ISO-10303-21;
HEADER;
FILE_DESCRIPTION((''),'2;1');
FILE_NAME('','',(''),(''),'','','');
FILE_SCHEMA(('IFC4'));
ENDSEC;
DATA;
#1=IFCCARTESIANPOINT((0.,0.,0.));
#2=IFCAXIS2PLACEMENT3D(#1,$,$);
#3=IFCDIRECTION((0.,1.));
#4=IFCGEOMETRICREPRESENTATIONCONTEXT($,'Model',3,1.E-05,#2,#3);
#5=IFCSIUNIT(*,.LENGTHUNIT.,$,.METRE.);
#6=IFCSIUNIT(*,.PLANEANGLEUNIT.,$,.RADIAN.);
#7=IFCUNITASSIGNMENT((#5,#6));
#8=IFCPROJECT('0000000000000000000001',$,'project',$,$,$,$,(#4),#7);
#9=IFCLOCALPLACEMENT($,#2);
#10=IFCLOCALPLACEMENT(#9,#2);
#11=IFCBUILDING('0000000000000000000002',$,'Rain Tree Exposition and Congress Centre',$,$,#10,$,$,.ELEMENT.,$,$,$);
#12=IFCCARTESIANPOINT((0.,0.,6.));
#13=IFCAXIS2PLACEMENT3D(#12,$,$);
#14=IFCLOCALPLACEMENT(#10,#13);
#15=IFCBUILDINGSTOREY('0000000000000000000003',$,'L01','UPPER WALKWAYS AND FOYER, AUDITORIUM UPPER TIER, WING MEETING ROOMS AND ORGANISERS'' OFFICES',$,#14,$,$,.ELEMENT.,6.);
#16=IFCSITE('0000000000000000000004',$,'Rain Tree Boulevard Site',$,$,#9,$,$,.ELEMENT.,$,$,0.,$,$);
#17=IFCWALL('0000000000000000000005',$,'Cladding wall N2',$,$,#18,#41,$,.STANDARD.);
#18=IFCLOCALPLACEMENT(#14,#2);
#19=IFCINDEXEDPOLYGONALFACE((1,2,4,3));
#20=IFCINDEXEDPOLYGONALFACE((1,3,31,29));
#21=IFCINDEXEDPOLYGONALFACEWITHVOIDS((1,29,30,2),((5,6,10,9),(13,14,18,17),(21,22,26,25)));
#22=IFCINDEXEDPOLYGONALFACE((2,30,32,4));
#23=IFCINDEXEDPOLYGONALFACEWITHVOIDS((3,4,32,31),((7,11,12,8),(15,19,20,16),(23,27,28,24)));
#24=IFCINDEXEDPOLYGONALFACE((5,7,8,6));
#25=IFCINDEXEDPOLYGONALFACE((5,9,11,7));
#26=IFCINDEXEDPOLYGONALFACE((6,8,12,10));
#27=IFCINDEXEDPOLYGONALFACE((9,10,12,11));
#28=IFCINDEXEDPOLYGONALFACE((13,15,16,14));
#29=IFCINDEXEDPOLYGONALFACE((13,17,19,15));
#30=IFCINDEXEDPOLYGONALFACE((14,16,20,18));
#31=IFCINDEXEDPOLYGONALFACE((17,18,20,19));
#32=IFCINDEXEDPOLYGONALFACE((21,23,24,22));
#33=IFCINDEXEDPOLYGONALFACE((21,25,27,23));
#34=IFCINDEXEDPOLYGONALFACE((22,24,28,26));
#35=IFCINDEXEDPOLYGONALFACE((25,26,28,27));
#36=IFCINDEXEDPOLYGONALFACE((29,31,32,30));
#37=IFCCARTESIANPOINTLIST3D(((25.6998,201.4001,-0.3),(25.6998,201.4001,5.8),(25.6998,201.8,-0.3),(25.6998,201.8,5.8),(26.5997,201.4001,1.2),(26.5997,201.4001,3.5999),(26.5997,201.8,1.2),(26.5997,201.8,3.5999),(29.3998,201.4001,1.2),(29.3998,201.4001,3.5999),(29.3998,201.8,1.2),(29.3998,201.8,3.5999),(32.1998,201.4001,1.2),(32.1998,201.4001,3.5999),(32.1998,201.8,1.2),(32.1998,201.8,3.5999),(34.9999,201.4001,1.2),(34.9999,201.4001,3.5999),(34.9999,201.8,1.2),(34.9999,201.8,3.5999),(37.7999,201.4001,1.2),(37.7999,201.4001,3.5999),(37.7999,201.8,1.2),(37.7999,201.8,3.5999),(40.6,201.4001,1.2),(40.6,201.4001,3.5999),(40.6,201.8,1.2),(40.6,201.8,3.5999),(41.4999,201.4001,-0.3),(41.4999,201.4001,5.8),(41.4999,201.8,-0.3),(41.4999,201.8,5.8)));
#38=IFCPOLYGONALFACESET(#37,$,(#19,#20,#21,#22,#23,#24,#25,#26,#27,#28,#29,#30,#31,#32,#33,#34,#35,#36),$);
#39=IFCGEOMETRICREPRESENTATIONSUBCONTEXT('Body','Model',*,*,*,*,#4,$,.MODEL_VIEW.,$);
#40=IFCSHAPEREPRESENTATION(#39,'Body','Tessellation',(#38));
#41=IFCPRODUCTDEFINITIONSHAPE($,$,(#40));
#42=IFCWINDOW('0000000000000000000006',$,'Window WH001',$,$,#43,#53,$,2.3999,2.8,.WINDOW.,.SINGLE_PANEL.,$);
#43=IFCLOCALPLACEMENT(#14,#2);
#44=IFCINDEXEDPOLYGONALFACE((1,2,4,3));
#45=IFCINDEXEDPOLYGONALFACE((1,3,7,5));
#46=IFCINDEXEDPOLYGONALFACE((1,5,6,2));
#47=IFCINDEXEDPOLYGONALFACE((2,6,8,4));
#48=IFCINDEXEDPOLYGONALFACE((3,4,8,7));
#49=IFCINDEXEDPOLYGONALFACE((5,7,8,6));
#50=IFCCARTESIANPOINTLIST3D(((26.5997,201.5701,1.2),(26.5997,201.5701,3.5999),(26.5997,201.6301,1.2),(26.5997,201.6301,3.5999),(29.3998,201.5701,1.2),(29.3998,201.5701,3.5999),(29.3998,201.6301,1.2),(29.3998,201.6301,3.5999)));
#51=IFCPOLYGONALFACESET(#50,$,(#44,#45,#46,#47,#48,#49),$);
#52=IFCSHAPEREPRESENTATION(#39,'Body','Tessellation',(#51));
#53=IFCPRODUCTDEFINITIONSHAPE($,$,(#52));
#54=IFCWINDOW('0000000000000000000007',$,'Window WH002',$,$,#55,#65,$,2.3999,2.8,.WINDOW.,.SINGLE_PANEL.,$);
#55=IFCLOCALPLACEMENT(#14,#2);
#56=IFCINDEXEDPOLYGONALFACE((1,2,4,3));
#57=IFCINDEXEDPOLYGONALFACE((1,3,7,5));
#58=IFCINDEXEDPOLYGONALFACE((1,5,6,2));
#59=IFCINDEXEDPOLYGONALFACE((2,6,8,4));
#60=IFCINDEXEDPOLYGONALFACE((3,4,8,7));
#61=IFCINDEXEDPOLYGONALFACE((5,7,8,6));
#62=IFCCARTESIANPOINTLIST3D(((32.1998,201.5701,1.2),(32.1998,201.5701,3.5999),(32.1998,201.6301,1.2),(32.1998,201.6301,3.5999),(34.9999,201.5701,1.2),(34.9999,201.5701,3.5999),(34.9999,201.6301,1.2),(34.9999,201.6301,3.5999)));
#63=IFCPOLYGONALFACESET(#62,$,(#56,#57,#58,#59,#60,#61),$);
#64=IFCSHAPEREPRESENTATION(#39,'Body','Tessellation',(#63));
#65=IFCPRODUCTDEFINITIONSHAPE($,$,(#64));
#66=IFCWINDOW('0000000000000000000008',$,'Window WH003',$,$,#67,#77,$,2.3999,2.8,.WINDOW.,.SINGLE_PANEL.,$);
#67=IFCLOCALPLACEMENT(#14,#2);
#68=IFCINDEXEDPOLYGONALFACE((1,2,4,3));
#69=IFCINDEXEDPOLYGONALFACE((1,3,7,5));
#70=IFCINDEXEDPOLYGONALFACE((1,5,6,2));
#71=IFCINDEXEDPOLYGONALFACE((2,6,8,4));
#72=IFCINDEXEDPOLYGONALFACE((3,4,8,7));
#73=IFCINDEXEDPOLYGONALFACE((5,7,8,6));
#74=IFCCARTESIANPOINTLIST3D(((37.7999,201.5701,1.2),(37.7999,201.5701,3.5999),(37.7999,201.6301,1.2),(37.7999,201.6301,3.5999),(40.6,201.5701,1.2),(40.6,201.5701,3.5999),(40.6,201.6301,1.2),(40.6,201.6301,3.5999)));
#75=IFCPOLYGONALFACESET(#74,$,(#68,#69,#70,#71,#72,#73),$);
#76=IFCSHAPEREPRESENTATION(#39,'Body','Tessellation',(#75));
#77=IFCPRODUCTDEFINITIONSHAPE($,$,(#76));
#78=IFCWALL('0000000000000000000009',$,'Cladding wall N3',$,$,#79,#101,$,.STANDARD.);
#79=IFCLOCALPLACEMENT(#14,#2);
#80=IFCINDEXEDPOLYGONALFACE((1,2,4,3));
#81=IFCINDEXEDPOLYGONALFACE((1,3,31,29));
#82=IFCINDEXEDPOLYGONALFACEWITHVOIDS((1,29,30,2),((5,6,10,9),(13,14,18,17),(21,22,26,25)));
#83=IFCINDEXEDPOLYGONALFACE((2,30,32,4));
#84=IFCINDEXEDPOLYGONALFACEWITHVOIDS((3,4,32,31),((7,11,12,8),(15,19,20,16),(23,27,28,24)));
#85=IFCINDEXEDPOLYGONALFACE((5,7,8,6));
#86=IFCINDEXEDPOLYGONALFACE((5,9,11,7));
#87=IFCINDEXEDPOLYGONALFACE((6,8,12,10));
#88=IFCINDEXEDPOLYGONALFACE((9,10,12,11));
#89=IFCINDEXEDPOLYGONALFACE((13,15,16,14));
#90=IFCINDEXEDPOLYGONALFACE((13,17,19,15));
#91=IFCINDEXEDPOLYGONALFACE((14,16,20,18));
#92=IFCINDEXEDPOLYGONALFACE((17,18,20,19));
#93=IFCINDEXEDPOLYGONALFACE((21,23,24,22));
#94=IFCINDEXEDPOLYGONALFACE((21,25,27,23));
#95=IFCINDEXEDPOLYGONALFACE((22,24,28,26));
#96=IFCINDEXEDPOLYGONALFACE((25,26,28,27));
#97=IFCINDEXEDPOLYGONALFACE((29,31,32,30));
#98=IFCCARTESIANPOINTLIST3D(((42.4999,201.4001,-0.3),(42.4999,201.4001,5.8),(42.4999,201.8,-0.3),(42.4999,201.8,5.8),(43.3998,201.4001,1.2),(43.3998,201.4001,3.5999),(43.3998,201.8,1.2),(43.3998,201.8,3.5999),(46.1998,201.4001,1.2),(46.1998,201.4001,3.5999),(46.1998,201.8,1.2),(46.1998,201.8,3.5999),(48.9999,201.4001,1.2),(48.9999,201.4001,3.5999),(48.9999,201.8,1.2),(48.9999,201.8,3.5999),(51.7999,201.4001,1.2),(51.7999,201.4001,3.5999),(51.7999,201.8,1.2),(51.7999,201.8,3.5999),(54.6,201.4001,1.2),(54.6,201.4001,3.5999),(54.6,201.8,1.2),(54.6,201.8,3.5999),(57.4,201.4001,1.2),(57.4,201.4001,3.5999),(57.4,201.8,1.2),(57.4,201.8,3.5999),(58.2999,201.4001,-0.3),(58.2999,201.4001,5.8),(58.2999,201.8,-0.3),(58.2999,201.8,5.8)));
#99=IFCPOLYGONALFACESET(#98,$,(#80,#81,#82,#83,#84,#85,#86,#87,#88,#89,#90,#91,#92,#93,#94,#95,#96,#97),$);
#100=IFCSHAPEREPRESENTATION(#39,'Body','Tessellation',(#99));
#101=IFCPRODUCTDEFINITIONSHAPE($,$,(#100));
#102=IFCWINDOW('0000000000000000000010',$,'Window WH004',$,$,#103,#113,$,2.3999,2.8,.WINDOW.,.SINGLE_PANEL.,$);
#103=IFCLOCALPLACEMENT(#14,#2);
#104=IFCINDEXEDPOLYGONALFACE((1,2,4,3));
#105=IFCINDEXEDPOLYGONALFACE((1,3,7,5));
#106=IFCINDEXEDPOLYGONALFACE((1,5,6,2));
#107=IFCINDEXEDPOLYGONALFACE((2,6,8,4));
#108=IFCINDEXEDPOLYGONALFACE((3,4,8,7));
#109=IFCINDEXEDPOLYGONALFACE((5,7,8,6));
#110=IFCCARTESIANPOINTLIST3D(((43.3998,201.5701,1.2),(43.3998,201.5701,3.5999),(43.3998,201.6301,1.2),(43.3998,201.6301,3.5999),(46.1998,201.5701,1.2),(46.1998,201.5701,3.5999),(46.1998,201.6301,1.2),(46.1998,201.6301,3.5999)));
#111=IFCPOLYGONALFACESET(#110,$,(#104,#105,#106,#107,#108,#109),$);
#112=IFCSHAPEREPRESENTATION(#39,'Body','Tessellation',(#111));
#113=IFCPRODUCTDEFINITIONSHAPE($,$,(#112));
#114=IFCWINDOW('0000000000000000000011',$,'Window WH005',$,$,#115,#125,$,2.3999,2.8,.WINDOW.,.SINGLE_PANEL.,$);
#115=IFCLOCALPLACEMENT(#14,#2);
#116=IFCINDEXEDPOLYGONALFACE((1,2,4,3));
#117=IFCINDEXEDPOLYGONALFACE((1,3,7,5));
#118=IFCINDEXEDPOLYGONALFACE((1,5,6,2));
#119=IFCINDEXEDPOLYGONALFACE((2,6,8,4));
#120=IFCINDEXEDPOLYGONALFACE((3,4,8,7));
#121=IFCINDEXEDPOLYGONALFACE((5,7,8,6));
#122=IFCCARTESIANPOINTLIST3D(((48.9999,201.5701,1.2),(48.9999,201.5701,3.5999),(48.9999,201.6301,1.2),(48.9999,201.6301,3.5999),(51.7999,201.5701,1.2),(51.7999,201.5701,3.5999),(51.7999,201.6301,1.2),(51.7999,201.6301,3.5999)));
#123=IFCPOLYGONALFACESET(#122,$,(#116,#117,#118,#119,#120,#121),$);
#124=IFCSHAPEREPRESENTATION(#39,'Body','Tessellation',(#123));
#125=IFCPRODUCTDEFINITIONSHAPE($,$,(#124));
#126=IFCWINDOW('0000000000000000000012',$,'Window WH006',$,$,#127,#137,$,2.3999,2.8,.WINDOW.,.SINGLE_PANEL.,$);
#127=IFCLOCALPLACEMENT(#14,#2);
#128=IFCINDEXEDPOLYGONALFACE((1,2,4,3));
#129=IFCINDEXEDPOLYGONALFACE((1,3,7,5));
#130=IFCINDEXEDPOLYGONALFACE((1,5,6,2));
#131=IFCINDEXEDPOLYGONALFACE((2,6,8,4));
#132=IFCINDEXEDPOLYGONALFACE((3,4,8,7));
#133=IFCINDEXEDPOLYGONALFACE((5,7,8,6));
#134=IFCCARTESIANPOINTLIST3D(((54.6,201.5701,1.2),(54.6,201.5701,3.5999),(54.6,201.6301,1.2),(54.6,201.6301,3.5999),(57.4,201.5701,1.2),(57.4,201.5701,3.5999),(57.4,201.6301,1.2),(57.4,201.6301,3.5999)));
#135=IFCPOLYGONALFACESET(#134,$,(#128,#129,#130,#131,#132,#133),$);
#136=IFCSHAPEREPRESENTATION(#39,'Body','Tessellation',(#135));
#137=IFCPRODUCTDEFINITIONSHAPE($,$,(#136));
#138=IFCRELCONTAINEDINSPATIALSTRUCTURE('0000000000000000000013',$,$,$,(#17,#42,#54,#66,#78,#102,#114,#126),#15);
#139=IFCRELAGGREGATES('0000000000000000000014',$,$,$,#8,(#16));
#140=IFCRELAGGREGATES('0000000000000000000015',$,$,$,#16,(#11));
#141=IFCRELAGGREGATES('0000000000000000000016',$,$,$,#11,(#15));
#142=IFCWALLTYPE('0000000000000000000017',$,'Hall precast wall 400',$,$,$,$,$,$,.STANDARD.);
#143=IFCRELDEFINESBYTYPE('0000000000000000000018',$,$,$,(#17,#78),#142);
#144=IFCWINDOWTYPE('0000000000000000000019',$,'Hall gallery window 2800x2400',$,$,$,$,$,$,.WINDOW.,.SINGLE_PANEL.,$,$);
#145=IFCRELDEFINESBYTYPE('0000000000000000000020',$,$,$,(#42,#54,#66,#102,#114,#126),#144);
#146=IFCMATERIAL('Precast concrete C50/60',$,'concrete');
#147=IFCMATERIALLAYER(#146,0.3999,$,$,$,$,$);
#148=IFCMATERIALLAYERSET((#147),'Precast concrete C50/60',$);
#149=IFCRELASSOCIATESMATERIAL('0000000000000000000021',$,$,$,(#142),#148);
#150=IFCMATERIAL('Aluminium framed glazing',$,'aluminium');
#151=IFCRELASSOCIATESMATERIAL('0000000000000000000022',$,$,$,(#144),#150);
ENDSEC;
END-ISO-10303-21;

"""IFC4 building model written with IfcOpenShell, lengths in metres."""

from ifc_helpers import new_model, si_unit, direction, frame, frame_2d, origin, place, context, subcontext, project, spatial, rectangle, extrude, material, layer, layer_set, type_object, element, fill, save


model = new_model("IFC4")

# Units and contexts
model_context = context("Model", 3, precision=1e-05, world=origin(), true_north=direction((0.0, 1.0)))
body_context = subcontext(model_context, "Body", "Model", "MODEL_VIEW")
ifc_project = project(units=[si_unit("LENGTHUNIT", "METRE"), si_unit("PLANEANGLEUNIT", "RADIAN")], contexts=[model_context])

# Site, building, storey
site_placement = place(None, origin())
site = spatial("IfcSite", under=ifc_project, at=site_placement, Name="Rain Tree Boulevard Site", CompositionType="ELEMENT", RefElevation=0.0)
building_placement = place(site_placement, origin())
building = spatial("IfcBuilding", under=site, at=building_placement, Name="Rain Tree Exposition and Congress Centre", CompositionType="ELEMENT")
storey_placement = place(building_placement, frame((0.0, 0.0, 6.0)))
storey = spatial("IfcBuildingStorey", under=building, at=storey_placement, Name="L01", Description="UPPER WALKWAYS AND FOYER, AUDITORIUM UPPER TIER, WING MEETING ROOMS AND ORGANISERS' OFFICES", CompositionType="ELEMENT", Elevation=6.0)

# Shared definitions
ifc_material_1 = material(Name="Precast concrete C50/60", Category="concrete")
ifc_layer_1 = layer(ifc_material_1, 0.3999)
ifc_layer_set_1 = layer_set([ifc_layer_1], Name="Precast concrete C50/60")
wall_type_1 = type_object("IfcWallType", Name="Hall precast wall 400", PredefinedType="STANDARD", material=ifc_layer_set_1)

# Walls, openings, windows
wall_1_placement = place(storey_placement, frame((25.7, 201.6001, -0.3), z_axis=(0.0, 0.0, 1.0), x_axis=(1.0, 0.0, 0.0)))
wall_1 = element("IfcWall", 1, at=wall_1_placement, inside=storey, type_object=wall_type_1, Name="Cladding wall N2", PredefinedType="STANDARD", context=body_context, shape_type="SweptSolid", body=[
    extrude(rectangle(XDim=15.8, YDim=0.3999, at=frame_2d((7.8999, 0.0))), origin(), (0.0, 0.0, 1.0), 6.1001),
])
opening_1_placement = place(wall_1_placement, frame((0.8999, 0.0, 1.5)))
opening_1 = element("IfcOpeningElement", 2, at=opening_1_placement, cuts=wall_1, PredefinedType="OPENING", context=body_context, shape_type="SweptSolid", body=[
    extrude(rectangle(XDim=2.8, YDim=2.3999, at=frame_2d((1.3999, 1.2))), frame((0.0, 0.2, 0.0), z_axis=(0.0, -1.0, 0.0), x_axis=(1.0, 0.0, 0.0)), (0.0, 0.0, 1.0), 0.3999),
])
opening_2_placement = place(wall_1_placement, frame((6.5, 0.0, 1.5)))
opening_2 = element("IfcOpeningElement", 3, at=opening_2_placement, cuts=wall_1, PredefinedType="OPENING", context=body_context, shape_type="SweptSolid", body=[
    extrude(rectangle(XDim=2.8, YDim=2.3999, at=frame_2d((1.3999, 1.2))), frame((0.0, 0.2, 0.0), z_axis=(0.0, -1.0, 0.0), x_axis=(1.0, 0.0, 0.0)), (0.0, 0.0, 1.0), 0.3999),
])
opening_3_placement = place(wall_1_placement, frame((12.1001, 0.0, 1.5)))
opening_3 = element("IfcOpeningElement", 4, at=opening_3_placement, cuts=wall_1, PredefinedType="OPENING", context=body_context, shape_type="SweptSolid", body=[
    extrude(rectangle(XDim=2.8, YDim=2.3999, at=frame_2d((1.3999, 1.2))), frame((0.0, 0.2, 0.0), z_axis=(0.0, -1.0, 0.0), x_axis=(1.0, 0.0, 0.0)), (0.0, 0.0, 1.0), 0.3999),
])
ifc_material_2 = material(Name="Aluminium framed glazing", Category="aluminium")
window_type = type_object("IfcWindowType", Name="Hall gallery window 2800x2400", PartitioningType="SINGLE_PANEL", PredefinedType="WINDOW", material=ifc_material_2)
window_1_placement = place(opening_1_placement, origin())
window_1 = element("IfcWindow", 5, at=window_1_placement, inside=storey, type_object=window_type, Name="Window WH001", OverallHeight=2.3999, OverallWidth=2.8, PartitioningType="SINGLE_PANEL", PredefinedType="WINDOW", context=body_context, shape_type="SweptSolid", body=[
    extrude(rectangle(XDim=2.8, YDim=2.3999, at=frame_2d((1.3999, 1.2))), frame((0.0, 0.03, 0.0), z_axis=(0.0, -1.0, 0.0), x_axis=(1.0, 0.0, 0.0)), (0.0, 0.0, 1.0), 0.0601),
])
fill(opening_1, window_1)
window_2_placement = place(opening_2_placement, origin())
window_2 = element("IfcWindow", 6, at=window_2_placement, inside=storey, type_object=window_type, Name="Window WH002", OverallHeight=2.3999, OverallWidth=2.8, PartitioningType="SINGLE_PANEL", PredefinedType="WINDOW", context=body_context, shape_type="SweptSolid", body=[
    extrude(rectangle(XDim=2.8, YDim=2.3999, at=frame_2d((1.3999, 1.2))), frame((0.0, 0.03, 0.0), z_axis=(0.0, -1.0, 0.0), x_axis=(1.0, 0.0, 0.0)), (0.0, 0.0, 1.0), 0.0601),
])
fill(opening_2, window_2)
window_3_placement = place(opening_3_placement, origin())
window_3 = element("IfcWindow", 7, at=window_3_placement, inside=storey, type_object=window_type, Name="Window WH003", OverallHeight=2.3999, OverallWidth=2.8, PartitioningType="SINGLE_PANEL", PredefinedType="WINDOW", context=body_context, shape_type="SweptSolid", body=[
    extrude(rectangle(XDim=2.8, YDim=2.3999, at=frame_2d((1.3999, 1.2))), frame((0.0, 0.03, 0.0), z_axis=(0.0, -1.0, 0.0), x_axis=(1.0, 0.0, 0.0)), (0.0, 0.0, 1.0), 0.0601),
])
fill(opening_3, window_3)
wall_2_placement = place(storey_placement, frame((42.5, 201.6001, -0.3), z_axis=(0.0, 0.0, 1.0), x_axis=(1.0, 0.0, 0.0)))
wall_2 = element("IfcWall", 8, at=wall_2_placement, inside=storey, type_object=wall_type_1, Name="Cladding wall N3", PredefinedType="STANDARD", context=body_context, shape_type="SweptSolid", body=[
    extrude(rectangle(XDim=15.8, YDim=0.3999, at=frame_2d((7.8999, 0.0))), origin(), (0.0, 0.0, 1.0), 6.1001),
])
opening_4_placement = place(wall_2_placement, frame((0.8999, 0.0, 1.5)))
opening_4 = element("IfcOpeningElement", 9, at=opening_4_placement, cuts=wall_2, PredefinedType="OPENING", context=body_context, shape_type="SweptSolid", body=[
    extrude(rectangle(XDim=2.8, YDim=2.3999, at=frame_2d((1.3999, 1.2))), frame((0.0, 0.2, 0.0), z_axis=(0.0, -1.0, 0.0), x_axis=(1.0, 0.0, 0.0)), (0.0, 0.0, 1.0), 0.3999),
])
opening_5_placement = place(wall_2_placement, frame((6.5, 0.0, 1.5)))
opening_5 = element("IfcOpeningElement", 10, at=opening_5_placement, cuts=wall_2, PredefinedType="OPENING", context=body_context, shape_type="SweptSolid", body=[
    extrude(rectangle(XDim=2.8, YDim=2.3999, at=frame_2d((1.3999, 1.2))), frame((0.0, 0.2, 0.0), z_axis=(0.0, -1.0, 0.0), x_axis=(1.0, 0.0, 0.0)), (0.0, 0.0, 1.0), 0.3999),
])
opening_6_placement = place(wall_2_placement, frame((12.1001, 0.0, 1.5)))
opening_6 = element("IfcOpeningElement", 11, at=opening_6_placement, cuts=wall_2, PredefinedType="OPENING", context=body_context, shape_type="SweptSolid", body=[
    extrude(rectangle(XDim=2.8, YDim=2.3999, at=frame_2d((1.3999, 1.2))), frame((0.0, 0.2, 0.0), z_axis=(0.0, -1.0, 0.0), x_axis=(1.0, 0.0, 0.0)), (0.0, 0.0, 1.0), 0.3999),
])
window_4_placement = place(opening_4_placement, origin())
window_4 = element("IfcWindow", 12, at=window_4_placement, inside=storey, type_object=window_type, Name="Window WH004", OverallHeight=2.3999, OverallWidth=2.8, PartitioningType="SINGLE_PANEL", PredefinedType="WINDOW", context=body_context, shape_type="SweptSolid", body=[
    extrude(rectangle(XDim=2.8, YDim=2.3999, at=frame_2d((1.3999, 1.2))), frame((0.0, 0.03, 0.0), z_axis=(0.0, -1.0, 0.0), x_axis=(1.0, 0.0, 0.0)), (0.0, 0.0, 1.0), 0.0601),
])
fill(opening_4, window_4)
window_5_placement = place(opening_5_placement, origin())
window_5 = element("IfcWindow", 13, at=window_5_placement, inside=storey, type_object=window_type, Name="Window WH005", OverallHeight=2.3999, OverallWidth=2.8, PartitioningType="SINGLE_PANEL", PredefinedType="WINDOW", context=body_context, shape_type="SweptSolid", body=[
    extrude(rectangle(XDim=2.8, YDim=2.3999, at=frame_2d((1.3999, 1.2))), frame((0.0, 0.03, 0.0), z_axis=(0.0, -1.0, 0.0), x_axis=(1.0, 0.0, 0.0)), (0.0, 0.0, 1.0), 0.0601),
])
fill(opening_5, window_5)
window_6_placement = place(opening_6_placement, origin())
window_6 = element("IfcWindow", 14, at=window_6_placement, inside=storey, type_object=window_type, Name="Window WH006", OverallHeight=2.3999, OverallWidth=2.8, PartitioningType="SINGLE_PANEL", PredefinedType="WINDOW", context=body_context, shape_type="SweptSolid", body=[
    extrude(rectangle(XDim=2.8, YDim=2.3999, at=frame_2d((1.3999, 1.2))), frame((0.0, 0.03, 0.0), z_axis=(0.0, -1.0, 0.0), x_axis=(1.0, 0.0, 0.0)), (0.0, 0.0, 1.0), 0.0601),
])
fill(opening_6, window_6)

save(model, "model.ifc")
